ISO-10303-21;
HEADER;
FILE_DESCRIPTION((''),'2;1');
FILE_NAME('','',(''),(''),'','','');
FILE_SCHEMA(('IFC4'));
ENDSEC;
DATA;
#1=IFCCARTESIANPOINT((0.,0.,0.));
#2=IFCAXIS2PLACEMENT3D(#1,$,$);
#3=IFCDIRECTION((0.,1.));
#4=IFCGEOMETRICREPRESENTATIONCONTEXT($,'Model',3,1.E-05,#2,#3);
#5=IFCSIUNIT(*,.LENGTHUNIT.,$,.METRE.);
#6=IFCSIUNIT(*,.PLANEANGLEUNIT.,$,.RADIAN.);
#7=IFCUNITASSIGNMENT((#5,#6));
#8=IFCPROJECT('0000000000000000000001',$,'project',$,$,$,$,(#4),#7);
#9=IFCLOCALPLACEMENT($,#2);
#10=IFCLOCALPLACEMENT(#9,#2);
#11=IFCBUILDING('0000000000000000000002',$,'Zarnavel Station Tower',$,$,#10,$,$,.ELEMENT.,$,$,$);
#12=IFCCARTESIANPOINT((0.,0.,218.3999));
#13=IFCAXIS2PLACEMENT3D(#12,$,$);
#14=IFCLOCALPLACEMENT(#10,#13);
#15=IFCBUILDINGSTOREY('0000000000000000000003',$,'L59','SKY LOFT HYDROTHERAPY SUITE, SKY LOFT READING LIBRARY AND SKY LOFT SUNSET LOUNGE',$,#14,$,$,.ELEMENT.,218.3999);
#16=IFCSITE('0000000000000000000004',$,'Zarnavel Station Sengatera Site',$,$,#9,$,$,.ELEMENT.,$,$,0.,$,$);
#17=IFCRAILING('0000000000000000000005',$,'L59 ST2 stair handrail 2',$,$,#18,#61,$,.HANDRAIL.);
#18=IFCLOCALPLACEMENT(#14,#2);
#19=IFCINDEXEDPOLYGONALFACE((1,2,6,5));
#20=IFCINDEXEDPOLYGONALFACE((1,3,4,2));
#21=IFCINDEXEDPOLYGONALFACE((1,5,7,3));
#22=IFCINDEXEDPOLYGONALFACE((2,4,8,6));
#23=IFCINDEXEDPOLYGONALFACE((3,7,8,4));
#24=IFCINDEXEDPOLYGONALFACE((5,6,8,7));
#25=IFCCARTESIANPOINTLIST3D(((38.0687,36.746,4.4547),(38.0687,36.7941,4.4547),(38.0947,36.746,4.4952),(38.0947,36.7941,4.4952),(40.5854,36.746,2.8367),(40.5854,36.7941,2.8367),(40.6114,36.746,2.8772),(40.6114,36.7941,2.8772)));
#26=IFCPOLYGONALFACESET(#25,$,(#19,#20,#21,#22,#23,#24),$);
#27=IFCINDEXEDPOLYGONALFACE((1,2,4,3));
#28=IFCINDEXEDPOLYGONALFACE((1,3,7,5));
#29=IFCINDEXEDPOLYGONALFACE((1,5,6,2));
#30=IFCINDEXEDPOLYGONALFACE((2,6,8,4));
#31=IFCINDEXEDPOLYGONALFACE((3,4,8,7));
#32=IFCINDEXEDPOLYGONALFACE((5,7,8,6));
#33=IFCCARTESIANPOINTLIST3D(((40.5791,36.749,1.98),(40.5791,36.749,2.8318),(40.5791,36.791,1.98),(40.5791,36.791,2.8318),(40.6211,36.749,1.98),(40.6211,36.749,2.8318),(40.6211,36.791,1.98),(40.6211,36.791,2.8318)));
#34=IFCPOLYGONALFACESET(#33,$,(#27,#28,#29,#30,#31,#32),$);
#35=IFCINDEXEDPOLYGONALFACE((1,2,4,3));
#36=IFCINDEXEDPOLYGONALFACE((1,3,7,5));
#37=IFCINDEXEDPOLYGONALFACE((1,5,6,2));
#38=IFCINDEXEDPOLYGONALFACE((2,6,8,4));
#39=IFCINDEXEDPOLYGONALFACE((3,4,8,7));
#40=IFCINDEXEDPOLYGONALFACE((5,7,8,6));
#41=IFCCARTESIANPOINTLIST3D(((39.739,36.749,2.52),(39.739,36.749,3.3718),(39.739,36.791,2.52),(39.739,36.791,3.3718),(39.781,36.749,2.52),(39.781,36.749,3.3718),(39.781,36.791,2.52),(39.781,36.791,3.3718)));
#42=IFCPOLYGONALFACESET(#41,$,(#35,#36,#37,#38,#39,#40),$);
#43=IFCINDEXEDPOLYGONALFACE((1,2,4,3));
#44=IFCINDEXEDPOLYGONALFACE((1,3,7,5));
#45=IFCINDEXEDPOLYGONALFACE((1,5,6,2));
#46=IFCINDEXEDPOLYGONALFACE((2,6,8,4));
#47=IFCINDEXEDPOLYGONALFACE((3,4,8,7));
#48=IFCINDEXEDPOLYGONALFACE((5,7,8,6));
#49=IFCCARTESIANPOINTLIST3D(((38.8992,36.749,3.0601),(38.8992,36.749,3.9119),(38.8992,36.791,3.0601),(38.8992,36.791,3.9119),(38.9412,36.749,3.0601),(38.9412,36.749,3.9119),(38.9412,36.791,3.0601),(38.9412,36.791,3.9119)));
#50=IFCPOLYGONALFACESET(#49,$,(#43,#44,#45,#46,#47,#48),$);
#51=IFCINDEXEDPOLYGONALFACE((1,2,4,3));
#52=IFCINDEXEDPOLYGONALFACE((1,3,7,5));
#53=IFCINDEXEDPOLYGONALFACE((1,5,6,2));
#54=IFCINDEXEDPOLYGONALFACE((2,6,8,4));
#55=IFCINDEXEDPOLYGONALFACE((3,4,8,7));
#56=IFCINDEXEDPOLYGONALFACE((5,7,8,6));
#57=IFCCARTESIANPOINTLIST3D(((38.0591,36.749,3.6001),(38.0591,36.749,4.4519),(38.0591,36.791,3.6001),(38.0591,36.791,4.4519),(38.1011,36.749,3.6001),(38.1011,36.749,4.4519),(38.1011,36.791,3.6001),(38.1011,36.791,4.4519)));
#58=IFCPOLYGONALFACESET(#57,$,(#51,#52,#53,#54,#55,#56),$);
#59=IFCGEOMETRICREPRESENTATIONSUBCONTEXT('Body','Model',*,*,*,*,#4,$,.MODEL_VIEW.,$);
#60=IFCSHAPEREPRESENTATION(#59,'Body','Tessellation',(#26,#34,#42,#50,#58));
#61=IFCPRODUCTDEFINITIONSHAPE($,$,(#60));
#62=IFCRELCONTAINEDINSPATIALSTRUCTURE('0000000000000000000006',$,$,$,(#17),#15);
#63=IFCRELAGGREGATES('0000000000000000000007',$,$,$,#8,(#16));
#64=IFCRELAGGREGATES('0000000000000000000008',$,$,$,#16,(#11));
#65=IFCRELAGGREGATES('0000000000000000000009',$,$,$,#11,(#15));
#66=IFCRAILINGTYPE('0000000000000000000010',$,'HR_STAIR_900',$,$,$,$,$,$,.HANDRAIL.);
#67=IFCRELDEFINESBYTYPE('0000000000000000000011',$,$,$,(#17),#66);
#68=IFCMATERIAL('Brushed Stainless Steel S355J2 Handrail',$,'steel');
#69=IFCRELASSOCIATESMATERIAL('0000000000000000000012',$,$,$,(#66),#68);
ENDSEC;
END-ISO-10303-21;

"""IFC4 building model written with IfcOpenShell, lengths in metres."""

from ifc_helpers import new_model, si_unit, direction, frame, origin, origin_2d, place, context, subcontext, project, spatial, rectangle, extrude, material, type_object, element, save


model = new_model("IFC4")

# Units and contexts
model_context = context("Model", 3, precision=1e-05, world=origin(), true_north=direction((0.0, 1.0)))
body_context = subcontext(model_context, "Body", "Model", "MODEL_VIEW")
ifc_project = project(units=[si_unit("LENGTHUNIT", "METRE"), si_unit("PLANEANGLEUNIT", "RADIAN")], contexts=[model_context])

# Site, building, storey
site_placement = place(None, origin())
site = spatial("IfcSite", under=ifc_project, at=site_placement, Name="Zarnavel Station Sengatera Site", CompositionType="ELEMENT", RefElevation=0.0)
building_placement = place(site_placement, origin())
building = spatial("IfcBuilding", under=site, at=building_placement, Name="Zarnavel Station Tower", CompositionType="ELEMENT")
storey_placement = place(building_placement, frame((0.0, 0.0, 218.3999)))
storey = spatial("IfcBuildingStorey", under=building, at=storey_placement, Name="L59", Description="SKY LOFT HYDROTHERAPY SUITE, SKY LOFT READING LIBRARY AND SKY LOFT SUNSET LOUNGE", CompositionType="ELEMENT", Elevation=218.3999)

# Railing
ifc_material_1 = material(Name="Brushed Stainless Steel S355J2 Handrail", Category="steel")
railing_type_1 = type_object("IfcRailingType", Name="HR_STAIR_900", PredefinedType="HANDRAIL", material=ifc_material_1)
railing_1_placement = place(storey_placement, frame((40.6001, 36.77, 1.98)))
element("IfcRailing", 1, at=railing_1_placement, inside=storey, type_object=railing_type_1, Name="L59 ST2 stair handrail 2", PredefinedType="HANDRAIL", context=body_context, shape_type="SweptSolid", body=[
    extrude(rectangle(XDim=0.0481, YDim=0.0481, at=origin_2d()), frame((-0.0017, 0.0, 0.877), z_axis=(-0.841163, 0.0, 0.540782), x_axis=(0.0, -1.0, 0.0)), (0.0, 0.0, 1.0), 2.9919),
    extrude(rectangle(XDim=0.042, YDim=0.042, at=origin_2d()), origin(), (0.0, 0.0, 1.0), 0.8518),
    extrude(rectangle(XDim=0.042, YDim=0.042, at=origin_2d()), frame((-0.8401, 0.0, 0.54)), (0.0, 0.0, 1.0), 0.8518),
    extrude(rectangle(XDim=0.042, YDim=0.042, at=origin_2d()), frame((-1.6799, 0.0, 1.0801)), (0.0, 0.0, 1.0), 0.8518),
    extrude(rectangle(XDim=0.042, YDim=0.042, at=origin_2d()), frame((-2.52, 0.0, 1.6201)), (0.0, 0.0, 1.0), 0.8518),
])

save(model, "model.ifc")
